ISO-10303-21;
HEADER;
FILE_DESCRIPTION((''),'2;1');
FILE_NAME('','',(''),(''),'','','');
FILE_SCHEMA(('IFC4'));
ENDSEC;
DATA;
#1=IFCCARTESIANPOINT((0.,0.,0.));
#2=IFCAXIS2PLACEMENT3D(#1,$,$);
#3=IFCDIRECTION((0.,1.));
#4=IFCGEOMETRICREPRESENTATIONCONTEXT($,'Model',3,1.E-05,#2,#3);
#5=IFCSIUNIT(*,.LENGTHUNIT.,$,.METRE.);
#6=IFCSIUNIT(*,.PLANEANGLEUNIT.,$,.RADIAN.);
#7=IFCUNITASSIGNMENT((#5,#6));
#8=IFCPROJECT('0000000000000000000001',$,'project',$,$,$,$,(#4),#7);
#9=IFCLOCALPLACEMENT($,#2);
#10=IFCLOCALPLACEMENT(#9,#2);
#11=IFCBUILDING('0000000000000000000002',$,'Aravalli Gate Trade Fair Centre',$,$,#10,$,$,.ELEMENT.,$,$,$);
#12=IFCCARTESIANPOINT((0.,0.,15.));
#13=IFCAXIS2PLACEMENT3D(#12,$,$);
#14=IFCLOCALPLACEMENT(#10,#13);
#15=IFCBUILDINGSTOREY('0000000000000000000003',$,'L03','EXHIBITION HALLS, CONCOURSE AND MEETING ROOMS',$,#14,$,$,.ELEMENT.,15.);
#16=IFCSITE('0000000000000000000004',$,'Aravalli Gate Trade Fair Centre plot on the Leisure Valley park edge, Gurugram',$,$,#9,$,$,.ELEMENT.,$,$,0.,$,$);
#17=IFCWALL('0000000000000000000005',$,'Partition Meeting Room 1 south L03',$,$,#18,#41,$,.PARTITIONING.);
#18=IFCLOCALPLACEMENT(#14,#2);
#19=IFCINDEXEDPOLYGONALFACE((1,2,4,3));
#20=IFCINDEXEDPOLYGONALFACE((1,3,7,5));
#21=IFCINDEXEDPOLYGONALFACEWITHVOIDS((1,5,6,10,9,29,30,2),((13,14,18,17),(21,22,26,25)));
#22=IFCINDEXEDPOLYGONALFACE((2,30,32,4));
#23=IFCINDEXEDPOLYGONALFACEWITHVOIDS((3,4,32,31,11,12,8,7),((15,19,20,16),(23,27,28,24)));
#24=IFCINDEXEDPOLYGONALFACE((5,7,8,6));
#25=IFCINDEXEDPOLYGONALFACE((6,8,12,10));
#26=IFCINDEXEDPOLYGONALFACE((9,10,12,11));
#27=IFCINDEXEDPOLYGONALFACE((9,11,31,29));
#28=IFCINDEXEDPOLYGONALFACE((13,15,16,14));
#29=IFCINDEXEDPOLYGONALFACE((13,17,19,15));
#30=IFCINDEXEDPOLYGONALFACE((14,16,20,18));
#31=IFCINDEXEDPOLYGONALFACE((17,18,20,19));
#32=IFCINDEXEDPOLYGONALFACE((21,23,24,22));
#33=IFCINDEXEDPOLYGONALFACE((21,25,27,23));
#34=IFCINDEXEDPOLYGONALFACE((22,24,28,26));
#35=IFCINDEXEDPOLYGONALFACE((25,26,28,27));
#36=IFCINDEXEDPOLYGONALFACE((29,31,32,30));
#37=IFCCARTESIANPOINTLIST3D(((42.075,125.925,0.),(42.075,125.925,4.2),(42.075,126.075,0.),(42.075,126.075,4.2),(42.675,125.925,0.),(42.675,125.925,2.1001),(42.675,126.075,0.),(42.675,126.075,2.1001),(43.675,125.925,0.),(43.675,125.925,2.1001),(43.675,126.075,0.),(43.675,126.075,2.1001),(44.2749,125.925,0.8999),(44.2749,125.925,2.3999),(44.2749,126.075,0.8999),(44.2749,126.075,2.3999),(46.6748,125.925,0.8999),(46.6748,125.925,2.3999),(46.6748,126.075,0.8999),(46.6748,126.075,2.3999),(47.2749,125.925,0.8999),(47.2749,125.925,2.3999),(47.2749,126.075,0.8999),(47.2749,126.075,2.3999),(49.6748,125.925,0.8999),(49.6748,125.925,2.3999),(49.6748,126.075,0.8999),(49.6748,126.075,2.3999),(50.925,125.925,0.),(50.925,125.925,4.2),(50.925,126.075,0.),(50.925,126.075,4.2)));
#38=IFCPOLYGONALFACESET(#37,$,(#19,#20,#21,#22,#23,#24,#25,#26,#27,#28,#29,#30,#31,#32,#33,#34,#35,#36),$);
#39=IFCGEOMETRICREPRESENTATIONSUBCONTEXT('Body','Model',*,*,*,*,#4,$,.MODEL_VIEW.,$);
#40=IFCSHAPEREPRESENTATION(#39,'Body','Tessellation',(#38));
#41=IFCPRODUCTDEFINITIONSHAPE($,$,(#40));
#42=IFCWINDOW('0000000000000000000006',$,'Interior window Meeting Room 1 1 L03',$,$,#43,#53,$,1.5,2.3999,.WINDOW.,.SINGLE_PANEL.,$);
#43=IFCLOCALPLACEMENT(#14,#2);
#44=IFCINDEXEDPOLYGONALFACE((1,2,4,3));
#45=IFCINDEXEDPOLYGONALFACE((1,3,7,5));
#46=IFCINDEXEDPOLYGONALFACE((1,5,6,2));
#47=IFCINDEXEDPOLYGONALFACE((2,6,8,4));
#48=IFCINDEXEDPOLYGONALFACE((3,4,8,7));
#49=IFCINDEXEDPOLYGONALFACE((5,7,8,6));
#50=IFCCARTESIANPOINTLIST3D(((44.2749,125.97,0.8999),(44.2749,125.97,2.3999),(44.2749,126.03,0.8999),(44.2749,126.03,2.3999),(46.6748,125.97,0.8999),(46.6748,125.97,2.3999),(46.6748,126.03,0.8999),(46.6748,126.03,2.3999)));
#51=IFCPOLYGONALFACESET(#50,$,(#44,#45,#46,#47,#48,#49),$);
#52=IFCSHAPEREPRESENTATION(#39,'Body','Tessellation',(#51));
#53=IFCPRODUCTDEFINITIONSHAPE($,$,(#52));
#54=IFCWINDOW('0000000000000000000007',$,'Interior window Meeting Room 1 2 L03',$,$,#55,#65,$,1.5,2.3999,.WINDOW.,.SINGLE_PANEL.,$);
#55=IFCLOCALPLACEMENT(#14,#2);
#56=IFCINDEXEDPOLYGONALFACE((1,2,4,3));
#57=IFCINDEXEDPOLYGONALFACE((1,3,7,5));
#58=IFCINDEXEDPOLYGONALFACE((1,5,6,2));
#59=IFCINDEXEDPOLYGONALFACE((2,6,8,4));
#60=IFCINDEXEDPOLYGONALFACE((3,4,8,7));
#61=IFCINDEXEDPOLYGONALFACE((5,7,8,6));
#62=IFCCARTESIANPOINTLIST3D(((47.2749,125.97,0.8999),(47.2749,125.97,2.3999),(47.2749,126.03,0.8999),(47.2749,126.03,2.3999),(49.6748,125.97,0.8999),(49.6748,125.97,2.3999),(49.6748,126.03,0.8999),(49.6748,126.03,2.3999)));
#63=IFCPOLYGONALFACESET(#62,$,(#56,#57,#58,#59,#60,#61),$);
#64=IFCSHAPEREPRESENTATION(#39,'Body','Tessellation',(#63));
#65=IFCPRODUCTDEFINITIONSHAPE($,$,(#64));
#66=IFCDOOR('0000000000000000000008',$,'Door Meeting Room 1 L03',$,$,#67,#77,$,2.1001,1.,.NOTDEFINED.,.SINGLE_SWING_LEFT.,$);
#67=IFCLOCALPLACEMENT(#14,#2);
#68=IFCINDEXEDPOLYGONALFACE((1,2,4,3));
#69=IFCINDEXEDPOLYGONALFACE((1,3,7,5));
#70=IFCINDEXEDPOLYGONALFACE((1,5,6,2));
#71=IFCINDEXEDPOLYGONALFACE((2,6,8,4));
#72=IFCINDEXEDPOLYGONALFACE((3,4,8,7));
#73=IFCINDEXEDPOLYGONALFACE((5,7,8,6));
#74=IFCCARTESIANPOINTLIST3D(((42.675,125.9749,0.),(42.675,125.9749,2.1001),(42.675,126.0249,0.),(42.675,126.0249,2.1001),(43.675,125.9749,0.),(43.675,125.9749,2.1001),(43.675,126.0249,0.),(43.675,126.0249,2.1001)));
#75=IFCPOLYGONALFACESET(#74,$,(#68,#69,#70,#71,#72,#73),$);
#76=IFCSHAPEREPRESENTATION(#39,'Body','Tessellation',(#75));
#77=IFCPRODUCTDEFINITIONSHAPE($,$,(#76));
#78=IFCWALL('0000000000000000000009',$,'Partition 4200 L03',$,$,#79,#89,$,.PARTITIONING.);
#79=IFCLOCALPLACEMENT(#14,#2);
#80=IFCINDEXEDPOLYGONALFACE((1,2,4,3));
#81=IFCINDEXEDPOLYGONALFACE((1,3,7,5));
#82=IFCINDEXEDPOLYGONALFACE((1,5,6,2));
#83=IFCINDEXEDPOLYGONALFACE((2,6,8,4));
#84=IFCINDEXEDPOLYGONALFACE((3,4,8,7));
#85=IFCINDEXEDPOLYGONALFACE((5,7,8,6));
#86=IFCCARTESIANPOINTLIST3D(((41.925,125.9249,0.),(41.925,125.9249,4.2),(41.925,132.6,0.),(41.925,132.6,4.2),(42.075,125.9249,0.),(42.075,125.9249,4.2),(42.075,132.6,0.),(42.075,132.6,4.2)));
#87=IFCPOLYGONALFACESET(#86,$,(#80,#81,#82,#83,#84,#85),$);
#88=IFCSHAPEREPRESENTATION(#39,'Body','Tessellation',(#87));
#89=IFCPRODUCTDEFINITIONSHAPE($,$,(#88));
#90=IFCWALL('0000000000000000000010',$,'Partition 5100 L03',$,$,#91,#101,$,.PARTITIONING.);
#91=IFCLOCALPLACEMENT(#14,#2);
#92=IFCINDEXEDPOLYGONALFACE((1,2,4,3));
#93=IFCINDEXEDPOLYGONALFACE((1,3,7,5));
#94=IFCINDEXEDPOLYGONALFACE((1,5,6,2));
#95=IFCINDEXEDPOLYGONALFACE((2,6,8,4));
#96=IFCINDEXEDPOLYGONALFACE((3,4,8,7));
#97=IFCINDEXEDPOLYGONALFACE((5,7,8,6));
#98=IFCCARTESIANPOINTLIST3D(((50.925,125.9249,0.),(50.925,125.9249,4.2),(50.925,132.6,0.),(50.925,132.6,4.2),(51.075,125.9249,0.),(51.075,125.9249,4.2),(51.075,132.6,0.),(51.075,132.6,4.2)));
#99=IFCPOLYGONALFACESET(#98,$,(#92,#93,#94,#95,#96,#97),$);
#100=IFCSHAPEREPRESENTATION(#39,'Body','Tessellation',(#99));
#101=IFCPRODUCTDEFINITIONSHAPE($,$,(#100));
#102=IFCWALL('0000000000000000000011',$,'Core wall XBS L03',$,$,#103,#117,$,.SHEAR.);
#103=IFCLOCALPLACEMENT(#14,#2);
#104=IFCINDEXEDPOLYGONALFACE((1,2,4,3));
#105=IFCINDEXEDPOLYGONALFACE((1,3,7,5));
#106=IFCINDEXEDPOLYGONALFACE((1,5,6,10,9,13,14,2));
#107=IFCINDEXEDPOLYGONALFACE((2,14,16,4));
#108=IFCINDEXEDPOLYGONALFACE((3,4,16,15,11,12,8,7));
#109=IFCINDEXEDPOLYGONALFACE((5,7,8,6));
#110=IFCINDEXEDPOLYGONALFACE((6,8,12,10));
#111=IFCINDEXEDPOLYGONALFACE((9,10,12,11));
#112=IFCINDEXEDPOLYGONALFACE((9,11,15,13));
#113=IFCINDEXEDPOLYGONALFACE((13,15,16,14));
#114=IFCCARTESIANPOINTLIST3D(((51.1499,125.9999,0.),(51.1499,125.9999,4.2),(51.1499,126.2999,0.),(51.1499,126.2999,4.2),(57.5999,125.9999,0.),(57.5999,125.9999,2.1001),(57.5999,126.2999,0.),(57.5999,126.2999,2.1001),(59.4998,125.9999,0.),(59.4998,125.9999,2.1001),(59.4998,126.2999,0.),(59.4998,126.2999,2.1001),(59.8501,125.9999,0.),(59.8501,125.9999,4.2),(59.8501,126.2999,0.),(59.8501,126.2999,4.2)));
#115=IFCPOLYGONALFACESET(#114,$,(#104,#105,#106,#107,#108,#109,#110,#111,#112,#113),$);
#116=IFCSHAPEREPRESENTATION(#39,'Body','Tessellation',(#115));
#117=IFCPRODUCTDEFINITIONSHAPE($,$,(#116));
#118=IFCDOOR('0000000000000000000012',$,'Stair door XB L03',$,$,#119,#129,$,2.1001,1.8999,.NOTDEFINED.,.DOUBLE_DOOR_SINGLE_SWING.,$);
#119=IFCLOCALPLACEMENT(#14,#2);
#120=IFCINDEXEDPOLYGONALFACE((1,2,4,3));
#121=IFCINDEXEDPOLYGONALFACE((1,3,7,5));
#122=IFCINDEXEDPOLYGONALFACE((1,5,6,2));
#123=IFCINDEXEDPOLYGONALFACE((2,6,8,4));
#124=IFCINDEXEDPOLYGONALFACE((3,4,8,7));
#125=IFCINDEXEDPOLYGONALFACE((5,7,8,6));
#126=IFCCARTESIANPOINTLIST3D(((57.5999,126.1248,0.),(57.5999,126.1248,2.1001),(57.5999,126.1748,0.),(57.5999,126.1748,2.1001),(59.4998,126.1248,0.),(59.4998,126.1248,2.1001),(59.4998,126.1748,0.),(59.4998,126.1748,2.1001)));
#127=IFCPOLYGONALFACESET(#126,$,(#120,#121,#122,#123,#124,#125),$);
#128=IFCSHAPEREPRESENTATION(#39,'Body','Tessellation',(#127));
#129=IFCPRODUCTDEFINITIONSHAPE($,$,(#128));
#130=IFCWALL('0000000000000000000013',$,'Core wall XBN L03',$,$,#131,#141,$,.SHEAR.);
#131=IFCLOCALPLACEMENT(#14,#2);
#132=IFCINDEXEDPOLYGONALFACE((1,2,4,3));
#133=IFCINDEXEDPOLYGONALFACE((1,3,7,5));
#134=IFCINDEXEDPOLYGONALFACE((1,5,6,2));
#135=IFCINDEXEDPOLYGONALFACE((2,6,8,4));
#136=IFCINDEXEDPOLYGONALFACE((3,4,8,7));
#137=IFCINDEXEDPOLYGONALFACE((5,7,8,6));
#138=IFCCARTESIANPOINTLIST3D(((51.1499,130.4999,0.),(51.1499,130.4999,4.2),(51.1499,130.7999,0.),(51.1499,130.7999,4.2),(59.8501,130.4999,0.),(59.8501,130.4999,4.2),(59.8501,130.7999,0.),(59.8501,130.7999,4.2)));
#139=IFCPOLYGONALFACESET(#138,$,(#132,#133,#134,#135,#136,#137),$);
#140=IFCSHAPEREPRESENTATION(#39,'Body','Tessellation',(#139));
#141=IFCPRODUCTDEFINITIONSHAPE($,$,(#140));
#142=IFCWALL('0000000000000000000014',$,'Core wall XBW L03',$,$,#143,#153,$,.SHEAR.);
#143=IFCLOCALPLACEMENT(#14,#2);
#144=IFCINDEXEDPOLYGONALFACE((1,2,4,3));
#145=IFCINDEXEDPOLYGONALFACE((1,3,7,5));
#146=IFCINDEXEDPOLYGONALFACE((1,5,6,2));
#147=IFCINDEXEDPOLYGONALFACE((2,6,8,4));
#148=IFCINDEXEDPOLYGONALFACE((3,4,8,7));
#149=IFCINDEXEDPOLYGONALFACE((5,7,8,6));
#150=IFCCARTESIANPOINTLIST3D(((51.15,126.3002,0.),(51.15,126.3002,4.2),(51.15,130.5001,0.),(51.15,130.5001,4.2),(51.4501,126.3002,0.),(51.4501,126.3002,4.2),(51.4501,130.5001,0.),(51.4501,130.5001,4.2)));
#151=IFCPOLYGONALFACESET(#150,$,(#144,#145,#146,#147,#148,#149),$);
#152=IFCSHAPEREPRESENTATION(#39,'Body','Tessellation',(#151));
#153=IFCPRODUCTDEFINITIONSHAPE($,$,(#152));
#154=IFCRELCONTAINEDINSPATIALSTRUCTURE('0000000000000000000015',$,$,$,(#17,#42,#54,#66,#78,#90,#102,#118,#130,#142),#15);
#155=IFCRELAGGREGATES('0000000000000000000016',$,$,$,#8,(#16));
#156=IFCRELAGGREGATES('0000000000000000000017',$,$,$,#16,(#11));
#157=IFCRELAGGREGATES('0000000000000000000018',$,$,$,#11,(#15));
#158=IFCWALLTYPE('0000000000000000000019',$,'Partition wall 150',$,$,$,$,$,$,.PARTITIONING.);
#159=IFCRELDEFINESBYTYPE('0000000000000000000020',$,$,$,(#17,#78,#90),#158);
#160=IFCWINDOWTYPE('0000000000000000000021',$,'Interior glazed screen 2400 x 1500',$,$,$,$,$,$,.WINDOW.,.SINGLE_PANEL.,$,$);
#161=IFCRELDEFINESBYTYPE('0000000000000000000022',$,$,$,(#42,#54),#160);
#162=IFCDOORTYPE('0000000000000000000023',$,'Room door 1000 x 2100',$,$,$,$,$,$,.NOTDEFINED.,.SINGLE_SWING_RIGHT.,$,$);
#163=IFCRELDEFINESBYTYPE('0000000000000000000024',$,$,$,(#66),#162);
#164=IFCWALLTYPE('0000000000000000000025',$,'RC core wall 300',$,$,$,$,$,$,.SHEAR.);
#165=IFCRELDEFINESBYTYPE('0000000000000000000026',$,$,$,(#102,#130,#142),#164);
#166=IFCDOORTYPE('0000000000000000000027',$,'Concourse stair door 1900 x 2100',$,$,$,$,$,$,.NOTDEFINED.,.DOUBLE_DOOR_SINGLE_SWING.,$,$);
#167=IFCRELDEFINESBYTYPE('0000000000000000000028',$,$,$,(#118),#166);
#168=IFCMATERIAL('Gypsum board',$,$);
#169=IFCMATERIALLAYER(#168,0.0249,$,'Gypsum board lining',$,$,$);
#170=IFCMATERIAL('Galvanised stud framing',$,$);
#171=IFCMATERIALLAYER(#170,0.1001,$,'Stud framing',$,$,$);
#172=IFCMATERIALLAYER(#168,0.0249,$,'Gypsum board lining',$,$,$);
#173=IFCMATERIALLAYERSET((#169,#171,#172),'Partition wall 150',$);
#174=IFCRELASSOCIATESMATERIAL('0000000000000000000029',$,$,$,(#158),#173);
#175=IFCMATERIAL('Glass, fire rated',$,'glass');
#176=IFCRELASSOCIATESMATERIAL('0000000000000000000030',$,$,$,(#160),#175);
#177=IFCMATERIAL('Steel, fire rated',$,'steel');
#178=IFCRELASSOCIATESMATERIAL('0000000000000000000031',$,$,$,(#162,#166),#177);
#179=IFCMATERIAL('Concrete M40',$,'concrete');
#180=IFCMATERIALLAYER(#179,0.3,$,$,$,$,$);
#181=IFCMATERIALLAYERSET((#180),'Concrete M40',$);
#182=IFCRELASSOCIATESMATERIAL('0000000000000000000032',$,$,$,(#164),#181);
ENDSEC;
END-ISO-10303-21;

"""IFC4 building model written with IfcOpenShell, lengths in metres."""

from ifc_helpers import new_model, si_unit, direction, frame, frame_2d, origin, place, context, subcontext, project, spatial, rectangle, extrude, material, layer, layer_set, type_object, element, fill, save


model = new_model("IFC4")

# Units and contexts
model_context = context("Model", 3, precision=1e-05, world=origin(), true_north=direction((0.0, 1.0)))
body_context = subcontext(model_context, "Body", "Model", "MODEL_VIEW")
ifc_project = project(units=[si_unit("LENGTHUNIT", "METRE"), si_unit("PLANEANGLEUNIT", "RADIAN")], contexts=[model_context])

# Site, building, storey
site_placement = place(None, origin())
site = spatial("IfcSite", under=ifc_project, at=site_placement, Name="Aravalli Gate Trade Fair Centre plot on the Leisure Valley park edge, Gurugram", CompositionType="ELEMENT", RefElevation=0.0)
building_placement = place(site_placement, origin())
building = spatial("IfcBuilding", under=site, at=building_placement, Name="Aravalli Gate Trade Fair Centre", CompositionType="ELEMENT")
storey_placement = place(building_placement, frame((0.0, 0.0, 15.0)))
storey = spatial("IfcBuildingStorey", under=building, at=storey_placement, Name="L03", Description="EXHIBITION HALLS, CONCOURSE AND MEETING ROOMS", CompositionType="ELEMENT", Elevation=15.0)

# Shared definitions
ifc_material_1 = material(Name="Concrete M40", Category="concrete")

# Wall, openings, windows, door
ifc_material_2 = material(Name="Gypsum board")
ifc_layer_1 = layer(ifc_material_2, 0.0249, Name="Gypsum board lining")
ifc_material_3 = material(Name="Galvanised stud framing")
ifc_layer_2 = layer(ifc_material_3, 0.1001, Name="Stud framing")
ifc_layer_3 = layer(ifc_material_2, 0.0249, Name="Gypsum board lining")
ifc_layer_set_1 = layer_set([ifc_layer_1, ifc_layer_2, ifc_layer_3], Name="Partition wall 150")
wall_type_1 = type_object("IfcWallType", Name="Partition wall 150", PredefinedType="PARTITIONING", material=ifc_layer_set_1)
wall_1_placement = place(storey_placement, frame((42.075, 126.0, 0.0), z_axis=(0.0, 0.0, 1.0), x_axis=(1.0, 0.0, 0.0)))
wall_1 = element("IfcWall", 1, at=wall_1_placement, inside=storey, type_object=wall_type_1, Name="Partition Meeting Room 1 south L03", PredefinedType="PARTITIONING", context=body_context, shape_type="SweptSolid", body=[
    extrude(rectangle(XDim=8.8501, YDim=0.1499, at=frame_2d((4.425, 0.0))), origin(), (0.0, 0.0, 1.0), 4.2),
])
opening_1_placement = place(wall_1_placement, frame((0.6001, 0.0, 0.0)))
opening_1 = element("IfcOpeningElement", 2, at=opening_1_placement, cuts=wall_1, PredefinedType="OPENING", context=body_context, shape_type="SweptSolid", body=[
    extrude(rectangle(XDim=1.0, YDim=2.1001, at=frame_2d((0.5, 1.05))), frame((0.0, 0.085, 0.0), z_axis=(0.0, -1.0, 0.0), x_axis=(1.0, 0.0, 0.0)), (0.0, 0.0, 1.0), 0.1699),
])
opening_2_placement = place(wall_1_placement, frame((2.2, 0.0, 0.8999)))
opening_2 = element("IfcOpeningElement", 3, at=opening_2_placement, cuts=wall_1, PredefinedType="OPENING", context=body_context, shape_type="SweptSolid", body=[
    extrude(rectangle(XDim=2.3999, YDim=1.5, at=frame_2d((1.2, 0.75))), frame((0.0, 0.085, 0.0), z_axis=(0.0, -1.0, 0.0), x_axis=(1.0, 0.0, 0.0)), (0.0, 0.0, 1.0), 0.1699),
])
opening_3_placement = place(wall_1_placement, frame((5.2, 0.0, 0.8999)))
opening_3 = element("IfcOpeningElement", 4, at=opening_3_placement, cuts=wall_1, PredefinedType="OPENING", context=body_context, shape_type="SweptSolid", body=[
    extrude(rectangle(XDim=2.3999, YDim=1.5, at=frame_2d((1.2, 0.75))), frame((0.0, 0.085, 0.0), z_axis=(0.0, -1.0, 0.0), x_axis=(1.0, 0.0, 0.0)), (0.0, 0.0, 1.0), 0.1699),
])
ifc_material_4 = material(Name="Glass, fire rated", Category="glass")
window_type = type_object("IfcWindowType", Name="Interior glazed screen 2400 x 1500", PartitioningType="SINGLE_PANEL", PredefinedType="WINDOW", material=ifc_material_4)
window_1_placement = place(opening_2_placement, origin())
window_1 = element("IfcWindow", 5, at=window_1_placement, inside=storey, type_object=window_type, Name="Interior window Meeting Room 1 1 L03", OverallHeight=1.5, OverallWidth=2.3999, PartitioningType="SINGLE_PANEL", PredefinedType="WINDOW", context=body_context, shape_type="SweptSolid", body=[
    extrude(rectangle(XDim=2.3999, YDim=1.5, at=frame_2d((1.2, 0.75))), frame((0.0, 0.03, 0.0), z_axis=(0.0, -1.0, 0.0), x_axis=(1.0, 0.0, 0.0)), (0.0, 0.0, 1.0), 0.0601),
])
fill(opening_2, window_1)
window_2_placement = place(opening_3_placement, origin())
window_2 = element("IfcWindow", 6, at=window_2_placement, inside=storey, type_object=window_type, Name="Interior window Meeting Room 1 2 L03", OverallHeight=1.5, OverallWidth=2.3999, PartitioningType="SINGLE_PANEL", PredefinedType="WINDOW", context=body_context, shape_type="SweptSolid", body=[
    extrude(rectangle(XDim=2.3999, YDim=1.5, at=frame_2d((1.2, 0.75))), frame((0.0, 0.03, 0.0), z_axis=(0.0, -1.0, 0.0), x_axis=(1.0, 0.0, 0.0)), (0.0, 0.0, 1.0), 0.0601),
])
fill(opening_3, window_2)
ifc_material_5 = material(Name="Steel, fire rated", Category="steel")
door_type_1 = type_object("IfcDoorType", Name="Room door 1000 x 2100", OperationType="SINGLE_SWING_RIGHT", PredefinedType="NOTDEFINED", material=ifc_material_5)
door_1_placement = place(opening_1_placement, origin())
door_1 = element("IfcDoor", 7, at=door_1_placement, inside=storey, type_object=door_type_1, Name="Door Meeting Room 1 L03", OperationType="SINGLE_SWING_LEFT", OverallHeight=2.1001, OverallWidth=1.0, PredefinedType="NOTDEFINED", context=body_context, shape_type="SweptSolid", body=[
    extrude(rectangle(XDim=1.0, YDim=2.1001, at=frame_2d((0.5, 1.05))), frame((0.0, 0.0249, 0.0), z_axis=(0.0, -1.0, 0.0), x_axis=(1.0, 0.0, 0.0)), (0.0, 0.0, 1.0), 0.05),
])
fill(opening_1, door_1)

# Walls
for number, where, z_axis, x_axis, name in (
    (8, (42.0, 125.925, 0.0), (0.0, 0.0, 1.0), (0.0, 1.0, 0.0), "Partition 4200 L03"),
    (9, (51.0, 125.925, 0.0), (0.0, 0.0, 1.0), (0.0, 1.0, 0.0), "Partition 5100 L03"),
):
    element("IfcWall", number, at=place(storey_placement, frame(where, z_axis=z_axis, x_axis=x_axis)), inside=storey, type_object=wall_type_1, Name=name, PredefinedType="PARTITIONING", context=body_context, shape_type="SweptSolid", body=[
        extrude(rectangle(XDim=6.675, YDim=0.1499, at=frame_2d((3.3374, 0.0))), origin(), (0.0, 0.0, 1.0), 4.2),
    ])

# Wall, opening, door
ifc_layer_4 = layer(ifc_material_1, 0.3)
ifc_layer_set_2 = layer_set([ifc_layer_4], Name="Concrete M40")
wall_type_2 = type_object("IfcWallType", Name="RC core wall 300", PredefinedType="SHEAR", material=ifc_layer_set_2)
wall_2_placement = place(storey_placement, frame((51.1499, 126.1499, 0.0), z_axis=(0.0, 0.0, 1.0), x_axis=(1.0, 0.0, 0.0)))
wall_2 = element("IfcWall", 10, at=wall_2_placement, inside=storey, type_object=wall_type_2, Name="Core wall XBS L03", PredefinedType="SHEAR", context=body_context, shape_type="SweptSolid", body=[
    extrude(rectangle(XDim=8.7002, YDim=0.3, at=frame_2d((4.3501, 0.0))), origin(), (0.0, 0.0, 1.0), 4.2),
])
opening_4_placement = place(wall_2_placement, frame((6.45, 0.0, 0.0)))
opening_4 = element("IfcOpeningElement", 11, at=opening_4_placement, cuts=wall_2, PredefinedType="OPENING", context=body_context, shape_type="SweptSolid", body=[
    extrude(rectangle(XDim=1.8999, YDim=2.1001, at=frame_2d((0.95, 1.05))), frame((0.0, 0.1599, 0.0), z_axis=(0.0, -1.0, 0.0), x_axis=(1.0, 0.0, 0.0)), (0.0, 0.0, 1.0), 0.3201),
])
door_type_2 = type_object("IfcDoorType", Name="Concourse stair door 1900 x 2100", OperationType="DOUBLE_DOOR_SINGLE_SWING", PredefinedType="NOTDEFINED", material=ifc_material_5)
door_2_placement = place(opening_4_placement, origin())
door_2 = element("IfcDoor", 12, at=door_2_placement, inside=storey, type_object=door_type_2, Name="Stair door XB L03", OperationType="DOUBLE_DOOR_SINGLE_SWING", OverallHeight=2.1001, OverallWidth=1.8999, PredefinedType="NOTDEFINED", context=body_context, shape_type="SweptSolid", body=[
    extrude(rectangle(XDim=1.8999, YDim=2.1001, at=frame_2d((0.95, 1.05))), frame((0.0, 0.0249, 0.0), z_axis=(0.0, -1.0, 0.0), x_axis=(1.0, 0.0, 0.0)), (0.0, 0.0, 1.0), 0.05),
])
fill(opening_4, door_2)

# Walls
wall_3_placement = place(storey_placement, frame((51.1499, 130.6499, 0.0), z_axis=(0.0, 0.0, 1.0), x_axis=(1.0, 0.0, 0.0)))
element("IfcWall", 13, at=wall_3_placement, inside=storey, type_object=wall_type_2, Name="Core wall XBN L03", PredefinedType="SHEAR", context=body_context, shape_type="SweptSolid", body=[
    extrude(rectangle(XDim=8.7002, YDim=0.3, at=frame_2d((4.3501, 0.0))), origin(), (0.0, 0.0, 1.0), 4.2),
])
wall_4_placement = place(storey_placement, frame((51.3, 126.3, 0.0), z_axis=(0.0, 0.0, 1.0), x_axis=(0.0, 1.0, 0.0)))
element("IfcWall", 14, at=wall_4_placement, inside=storey, type_object=wall_type_2, Name="Core wall XBW L03", PredefinedType="SHEAR", context=body_context, shape_type="SweptSolid", body=[
    extrude(rectangle(XDim=4.2, YDim=0.3, at=frame_2d((2.1001, 0.0))), origin(), (0.0, 0.0, 1.0), 4.2),
])

save(model, "model.ifc")
